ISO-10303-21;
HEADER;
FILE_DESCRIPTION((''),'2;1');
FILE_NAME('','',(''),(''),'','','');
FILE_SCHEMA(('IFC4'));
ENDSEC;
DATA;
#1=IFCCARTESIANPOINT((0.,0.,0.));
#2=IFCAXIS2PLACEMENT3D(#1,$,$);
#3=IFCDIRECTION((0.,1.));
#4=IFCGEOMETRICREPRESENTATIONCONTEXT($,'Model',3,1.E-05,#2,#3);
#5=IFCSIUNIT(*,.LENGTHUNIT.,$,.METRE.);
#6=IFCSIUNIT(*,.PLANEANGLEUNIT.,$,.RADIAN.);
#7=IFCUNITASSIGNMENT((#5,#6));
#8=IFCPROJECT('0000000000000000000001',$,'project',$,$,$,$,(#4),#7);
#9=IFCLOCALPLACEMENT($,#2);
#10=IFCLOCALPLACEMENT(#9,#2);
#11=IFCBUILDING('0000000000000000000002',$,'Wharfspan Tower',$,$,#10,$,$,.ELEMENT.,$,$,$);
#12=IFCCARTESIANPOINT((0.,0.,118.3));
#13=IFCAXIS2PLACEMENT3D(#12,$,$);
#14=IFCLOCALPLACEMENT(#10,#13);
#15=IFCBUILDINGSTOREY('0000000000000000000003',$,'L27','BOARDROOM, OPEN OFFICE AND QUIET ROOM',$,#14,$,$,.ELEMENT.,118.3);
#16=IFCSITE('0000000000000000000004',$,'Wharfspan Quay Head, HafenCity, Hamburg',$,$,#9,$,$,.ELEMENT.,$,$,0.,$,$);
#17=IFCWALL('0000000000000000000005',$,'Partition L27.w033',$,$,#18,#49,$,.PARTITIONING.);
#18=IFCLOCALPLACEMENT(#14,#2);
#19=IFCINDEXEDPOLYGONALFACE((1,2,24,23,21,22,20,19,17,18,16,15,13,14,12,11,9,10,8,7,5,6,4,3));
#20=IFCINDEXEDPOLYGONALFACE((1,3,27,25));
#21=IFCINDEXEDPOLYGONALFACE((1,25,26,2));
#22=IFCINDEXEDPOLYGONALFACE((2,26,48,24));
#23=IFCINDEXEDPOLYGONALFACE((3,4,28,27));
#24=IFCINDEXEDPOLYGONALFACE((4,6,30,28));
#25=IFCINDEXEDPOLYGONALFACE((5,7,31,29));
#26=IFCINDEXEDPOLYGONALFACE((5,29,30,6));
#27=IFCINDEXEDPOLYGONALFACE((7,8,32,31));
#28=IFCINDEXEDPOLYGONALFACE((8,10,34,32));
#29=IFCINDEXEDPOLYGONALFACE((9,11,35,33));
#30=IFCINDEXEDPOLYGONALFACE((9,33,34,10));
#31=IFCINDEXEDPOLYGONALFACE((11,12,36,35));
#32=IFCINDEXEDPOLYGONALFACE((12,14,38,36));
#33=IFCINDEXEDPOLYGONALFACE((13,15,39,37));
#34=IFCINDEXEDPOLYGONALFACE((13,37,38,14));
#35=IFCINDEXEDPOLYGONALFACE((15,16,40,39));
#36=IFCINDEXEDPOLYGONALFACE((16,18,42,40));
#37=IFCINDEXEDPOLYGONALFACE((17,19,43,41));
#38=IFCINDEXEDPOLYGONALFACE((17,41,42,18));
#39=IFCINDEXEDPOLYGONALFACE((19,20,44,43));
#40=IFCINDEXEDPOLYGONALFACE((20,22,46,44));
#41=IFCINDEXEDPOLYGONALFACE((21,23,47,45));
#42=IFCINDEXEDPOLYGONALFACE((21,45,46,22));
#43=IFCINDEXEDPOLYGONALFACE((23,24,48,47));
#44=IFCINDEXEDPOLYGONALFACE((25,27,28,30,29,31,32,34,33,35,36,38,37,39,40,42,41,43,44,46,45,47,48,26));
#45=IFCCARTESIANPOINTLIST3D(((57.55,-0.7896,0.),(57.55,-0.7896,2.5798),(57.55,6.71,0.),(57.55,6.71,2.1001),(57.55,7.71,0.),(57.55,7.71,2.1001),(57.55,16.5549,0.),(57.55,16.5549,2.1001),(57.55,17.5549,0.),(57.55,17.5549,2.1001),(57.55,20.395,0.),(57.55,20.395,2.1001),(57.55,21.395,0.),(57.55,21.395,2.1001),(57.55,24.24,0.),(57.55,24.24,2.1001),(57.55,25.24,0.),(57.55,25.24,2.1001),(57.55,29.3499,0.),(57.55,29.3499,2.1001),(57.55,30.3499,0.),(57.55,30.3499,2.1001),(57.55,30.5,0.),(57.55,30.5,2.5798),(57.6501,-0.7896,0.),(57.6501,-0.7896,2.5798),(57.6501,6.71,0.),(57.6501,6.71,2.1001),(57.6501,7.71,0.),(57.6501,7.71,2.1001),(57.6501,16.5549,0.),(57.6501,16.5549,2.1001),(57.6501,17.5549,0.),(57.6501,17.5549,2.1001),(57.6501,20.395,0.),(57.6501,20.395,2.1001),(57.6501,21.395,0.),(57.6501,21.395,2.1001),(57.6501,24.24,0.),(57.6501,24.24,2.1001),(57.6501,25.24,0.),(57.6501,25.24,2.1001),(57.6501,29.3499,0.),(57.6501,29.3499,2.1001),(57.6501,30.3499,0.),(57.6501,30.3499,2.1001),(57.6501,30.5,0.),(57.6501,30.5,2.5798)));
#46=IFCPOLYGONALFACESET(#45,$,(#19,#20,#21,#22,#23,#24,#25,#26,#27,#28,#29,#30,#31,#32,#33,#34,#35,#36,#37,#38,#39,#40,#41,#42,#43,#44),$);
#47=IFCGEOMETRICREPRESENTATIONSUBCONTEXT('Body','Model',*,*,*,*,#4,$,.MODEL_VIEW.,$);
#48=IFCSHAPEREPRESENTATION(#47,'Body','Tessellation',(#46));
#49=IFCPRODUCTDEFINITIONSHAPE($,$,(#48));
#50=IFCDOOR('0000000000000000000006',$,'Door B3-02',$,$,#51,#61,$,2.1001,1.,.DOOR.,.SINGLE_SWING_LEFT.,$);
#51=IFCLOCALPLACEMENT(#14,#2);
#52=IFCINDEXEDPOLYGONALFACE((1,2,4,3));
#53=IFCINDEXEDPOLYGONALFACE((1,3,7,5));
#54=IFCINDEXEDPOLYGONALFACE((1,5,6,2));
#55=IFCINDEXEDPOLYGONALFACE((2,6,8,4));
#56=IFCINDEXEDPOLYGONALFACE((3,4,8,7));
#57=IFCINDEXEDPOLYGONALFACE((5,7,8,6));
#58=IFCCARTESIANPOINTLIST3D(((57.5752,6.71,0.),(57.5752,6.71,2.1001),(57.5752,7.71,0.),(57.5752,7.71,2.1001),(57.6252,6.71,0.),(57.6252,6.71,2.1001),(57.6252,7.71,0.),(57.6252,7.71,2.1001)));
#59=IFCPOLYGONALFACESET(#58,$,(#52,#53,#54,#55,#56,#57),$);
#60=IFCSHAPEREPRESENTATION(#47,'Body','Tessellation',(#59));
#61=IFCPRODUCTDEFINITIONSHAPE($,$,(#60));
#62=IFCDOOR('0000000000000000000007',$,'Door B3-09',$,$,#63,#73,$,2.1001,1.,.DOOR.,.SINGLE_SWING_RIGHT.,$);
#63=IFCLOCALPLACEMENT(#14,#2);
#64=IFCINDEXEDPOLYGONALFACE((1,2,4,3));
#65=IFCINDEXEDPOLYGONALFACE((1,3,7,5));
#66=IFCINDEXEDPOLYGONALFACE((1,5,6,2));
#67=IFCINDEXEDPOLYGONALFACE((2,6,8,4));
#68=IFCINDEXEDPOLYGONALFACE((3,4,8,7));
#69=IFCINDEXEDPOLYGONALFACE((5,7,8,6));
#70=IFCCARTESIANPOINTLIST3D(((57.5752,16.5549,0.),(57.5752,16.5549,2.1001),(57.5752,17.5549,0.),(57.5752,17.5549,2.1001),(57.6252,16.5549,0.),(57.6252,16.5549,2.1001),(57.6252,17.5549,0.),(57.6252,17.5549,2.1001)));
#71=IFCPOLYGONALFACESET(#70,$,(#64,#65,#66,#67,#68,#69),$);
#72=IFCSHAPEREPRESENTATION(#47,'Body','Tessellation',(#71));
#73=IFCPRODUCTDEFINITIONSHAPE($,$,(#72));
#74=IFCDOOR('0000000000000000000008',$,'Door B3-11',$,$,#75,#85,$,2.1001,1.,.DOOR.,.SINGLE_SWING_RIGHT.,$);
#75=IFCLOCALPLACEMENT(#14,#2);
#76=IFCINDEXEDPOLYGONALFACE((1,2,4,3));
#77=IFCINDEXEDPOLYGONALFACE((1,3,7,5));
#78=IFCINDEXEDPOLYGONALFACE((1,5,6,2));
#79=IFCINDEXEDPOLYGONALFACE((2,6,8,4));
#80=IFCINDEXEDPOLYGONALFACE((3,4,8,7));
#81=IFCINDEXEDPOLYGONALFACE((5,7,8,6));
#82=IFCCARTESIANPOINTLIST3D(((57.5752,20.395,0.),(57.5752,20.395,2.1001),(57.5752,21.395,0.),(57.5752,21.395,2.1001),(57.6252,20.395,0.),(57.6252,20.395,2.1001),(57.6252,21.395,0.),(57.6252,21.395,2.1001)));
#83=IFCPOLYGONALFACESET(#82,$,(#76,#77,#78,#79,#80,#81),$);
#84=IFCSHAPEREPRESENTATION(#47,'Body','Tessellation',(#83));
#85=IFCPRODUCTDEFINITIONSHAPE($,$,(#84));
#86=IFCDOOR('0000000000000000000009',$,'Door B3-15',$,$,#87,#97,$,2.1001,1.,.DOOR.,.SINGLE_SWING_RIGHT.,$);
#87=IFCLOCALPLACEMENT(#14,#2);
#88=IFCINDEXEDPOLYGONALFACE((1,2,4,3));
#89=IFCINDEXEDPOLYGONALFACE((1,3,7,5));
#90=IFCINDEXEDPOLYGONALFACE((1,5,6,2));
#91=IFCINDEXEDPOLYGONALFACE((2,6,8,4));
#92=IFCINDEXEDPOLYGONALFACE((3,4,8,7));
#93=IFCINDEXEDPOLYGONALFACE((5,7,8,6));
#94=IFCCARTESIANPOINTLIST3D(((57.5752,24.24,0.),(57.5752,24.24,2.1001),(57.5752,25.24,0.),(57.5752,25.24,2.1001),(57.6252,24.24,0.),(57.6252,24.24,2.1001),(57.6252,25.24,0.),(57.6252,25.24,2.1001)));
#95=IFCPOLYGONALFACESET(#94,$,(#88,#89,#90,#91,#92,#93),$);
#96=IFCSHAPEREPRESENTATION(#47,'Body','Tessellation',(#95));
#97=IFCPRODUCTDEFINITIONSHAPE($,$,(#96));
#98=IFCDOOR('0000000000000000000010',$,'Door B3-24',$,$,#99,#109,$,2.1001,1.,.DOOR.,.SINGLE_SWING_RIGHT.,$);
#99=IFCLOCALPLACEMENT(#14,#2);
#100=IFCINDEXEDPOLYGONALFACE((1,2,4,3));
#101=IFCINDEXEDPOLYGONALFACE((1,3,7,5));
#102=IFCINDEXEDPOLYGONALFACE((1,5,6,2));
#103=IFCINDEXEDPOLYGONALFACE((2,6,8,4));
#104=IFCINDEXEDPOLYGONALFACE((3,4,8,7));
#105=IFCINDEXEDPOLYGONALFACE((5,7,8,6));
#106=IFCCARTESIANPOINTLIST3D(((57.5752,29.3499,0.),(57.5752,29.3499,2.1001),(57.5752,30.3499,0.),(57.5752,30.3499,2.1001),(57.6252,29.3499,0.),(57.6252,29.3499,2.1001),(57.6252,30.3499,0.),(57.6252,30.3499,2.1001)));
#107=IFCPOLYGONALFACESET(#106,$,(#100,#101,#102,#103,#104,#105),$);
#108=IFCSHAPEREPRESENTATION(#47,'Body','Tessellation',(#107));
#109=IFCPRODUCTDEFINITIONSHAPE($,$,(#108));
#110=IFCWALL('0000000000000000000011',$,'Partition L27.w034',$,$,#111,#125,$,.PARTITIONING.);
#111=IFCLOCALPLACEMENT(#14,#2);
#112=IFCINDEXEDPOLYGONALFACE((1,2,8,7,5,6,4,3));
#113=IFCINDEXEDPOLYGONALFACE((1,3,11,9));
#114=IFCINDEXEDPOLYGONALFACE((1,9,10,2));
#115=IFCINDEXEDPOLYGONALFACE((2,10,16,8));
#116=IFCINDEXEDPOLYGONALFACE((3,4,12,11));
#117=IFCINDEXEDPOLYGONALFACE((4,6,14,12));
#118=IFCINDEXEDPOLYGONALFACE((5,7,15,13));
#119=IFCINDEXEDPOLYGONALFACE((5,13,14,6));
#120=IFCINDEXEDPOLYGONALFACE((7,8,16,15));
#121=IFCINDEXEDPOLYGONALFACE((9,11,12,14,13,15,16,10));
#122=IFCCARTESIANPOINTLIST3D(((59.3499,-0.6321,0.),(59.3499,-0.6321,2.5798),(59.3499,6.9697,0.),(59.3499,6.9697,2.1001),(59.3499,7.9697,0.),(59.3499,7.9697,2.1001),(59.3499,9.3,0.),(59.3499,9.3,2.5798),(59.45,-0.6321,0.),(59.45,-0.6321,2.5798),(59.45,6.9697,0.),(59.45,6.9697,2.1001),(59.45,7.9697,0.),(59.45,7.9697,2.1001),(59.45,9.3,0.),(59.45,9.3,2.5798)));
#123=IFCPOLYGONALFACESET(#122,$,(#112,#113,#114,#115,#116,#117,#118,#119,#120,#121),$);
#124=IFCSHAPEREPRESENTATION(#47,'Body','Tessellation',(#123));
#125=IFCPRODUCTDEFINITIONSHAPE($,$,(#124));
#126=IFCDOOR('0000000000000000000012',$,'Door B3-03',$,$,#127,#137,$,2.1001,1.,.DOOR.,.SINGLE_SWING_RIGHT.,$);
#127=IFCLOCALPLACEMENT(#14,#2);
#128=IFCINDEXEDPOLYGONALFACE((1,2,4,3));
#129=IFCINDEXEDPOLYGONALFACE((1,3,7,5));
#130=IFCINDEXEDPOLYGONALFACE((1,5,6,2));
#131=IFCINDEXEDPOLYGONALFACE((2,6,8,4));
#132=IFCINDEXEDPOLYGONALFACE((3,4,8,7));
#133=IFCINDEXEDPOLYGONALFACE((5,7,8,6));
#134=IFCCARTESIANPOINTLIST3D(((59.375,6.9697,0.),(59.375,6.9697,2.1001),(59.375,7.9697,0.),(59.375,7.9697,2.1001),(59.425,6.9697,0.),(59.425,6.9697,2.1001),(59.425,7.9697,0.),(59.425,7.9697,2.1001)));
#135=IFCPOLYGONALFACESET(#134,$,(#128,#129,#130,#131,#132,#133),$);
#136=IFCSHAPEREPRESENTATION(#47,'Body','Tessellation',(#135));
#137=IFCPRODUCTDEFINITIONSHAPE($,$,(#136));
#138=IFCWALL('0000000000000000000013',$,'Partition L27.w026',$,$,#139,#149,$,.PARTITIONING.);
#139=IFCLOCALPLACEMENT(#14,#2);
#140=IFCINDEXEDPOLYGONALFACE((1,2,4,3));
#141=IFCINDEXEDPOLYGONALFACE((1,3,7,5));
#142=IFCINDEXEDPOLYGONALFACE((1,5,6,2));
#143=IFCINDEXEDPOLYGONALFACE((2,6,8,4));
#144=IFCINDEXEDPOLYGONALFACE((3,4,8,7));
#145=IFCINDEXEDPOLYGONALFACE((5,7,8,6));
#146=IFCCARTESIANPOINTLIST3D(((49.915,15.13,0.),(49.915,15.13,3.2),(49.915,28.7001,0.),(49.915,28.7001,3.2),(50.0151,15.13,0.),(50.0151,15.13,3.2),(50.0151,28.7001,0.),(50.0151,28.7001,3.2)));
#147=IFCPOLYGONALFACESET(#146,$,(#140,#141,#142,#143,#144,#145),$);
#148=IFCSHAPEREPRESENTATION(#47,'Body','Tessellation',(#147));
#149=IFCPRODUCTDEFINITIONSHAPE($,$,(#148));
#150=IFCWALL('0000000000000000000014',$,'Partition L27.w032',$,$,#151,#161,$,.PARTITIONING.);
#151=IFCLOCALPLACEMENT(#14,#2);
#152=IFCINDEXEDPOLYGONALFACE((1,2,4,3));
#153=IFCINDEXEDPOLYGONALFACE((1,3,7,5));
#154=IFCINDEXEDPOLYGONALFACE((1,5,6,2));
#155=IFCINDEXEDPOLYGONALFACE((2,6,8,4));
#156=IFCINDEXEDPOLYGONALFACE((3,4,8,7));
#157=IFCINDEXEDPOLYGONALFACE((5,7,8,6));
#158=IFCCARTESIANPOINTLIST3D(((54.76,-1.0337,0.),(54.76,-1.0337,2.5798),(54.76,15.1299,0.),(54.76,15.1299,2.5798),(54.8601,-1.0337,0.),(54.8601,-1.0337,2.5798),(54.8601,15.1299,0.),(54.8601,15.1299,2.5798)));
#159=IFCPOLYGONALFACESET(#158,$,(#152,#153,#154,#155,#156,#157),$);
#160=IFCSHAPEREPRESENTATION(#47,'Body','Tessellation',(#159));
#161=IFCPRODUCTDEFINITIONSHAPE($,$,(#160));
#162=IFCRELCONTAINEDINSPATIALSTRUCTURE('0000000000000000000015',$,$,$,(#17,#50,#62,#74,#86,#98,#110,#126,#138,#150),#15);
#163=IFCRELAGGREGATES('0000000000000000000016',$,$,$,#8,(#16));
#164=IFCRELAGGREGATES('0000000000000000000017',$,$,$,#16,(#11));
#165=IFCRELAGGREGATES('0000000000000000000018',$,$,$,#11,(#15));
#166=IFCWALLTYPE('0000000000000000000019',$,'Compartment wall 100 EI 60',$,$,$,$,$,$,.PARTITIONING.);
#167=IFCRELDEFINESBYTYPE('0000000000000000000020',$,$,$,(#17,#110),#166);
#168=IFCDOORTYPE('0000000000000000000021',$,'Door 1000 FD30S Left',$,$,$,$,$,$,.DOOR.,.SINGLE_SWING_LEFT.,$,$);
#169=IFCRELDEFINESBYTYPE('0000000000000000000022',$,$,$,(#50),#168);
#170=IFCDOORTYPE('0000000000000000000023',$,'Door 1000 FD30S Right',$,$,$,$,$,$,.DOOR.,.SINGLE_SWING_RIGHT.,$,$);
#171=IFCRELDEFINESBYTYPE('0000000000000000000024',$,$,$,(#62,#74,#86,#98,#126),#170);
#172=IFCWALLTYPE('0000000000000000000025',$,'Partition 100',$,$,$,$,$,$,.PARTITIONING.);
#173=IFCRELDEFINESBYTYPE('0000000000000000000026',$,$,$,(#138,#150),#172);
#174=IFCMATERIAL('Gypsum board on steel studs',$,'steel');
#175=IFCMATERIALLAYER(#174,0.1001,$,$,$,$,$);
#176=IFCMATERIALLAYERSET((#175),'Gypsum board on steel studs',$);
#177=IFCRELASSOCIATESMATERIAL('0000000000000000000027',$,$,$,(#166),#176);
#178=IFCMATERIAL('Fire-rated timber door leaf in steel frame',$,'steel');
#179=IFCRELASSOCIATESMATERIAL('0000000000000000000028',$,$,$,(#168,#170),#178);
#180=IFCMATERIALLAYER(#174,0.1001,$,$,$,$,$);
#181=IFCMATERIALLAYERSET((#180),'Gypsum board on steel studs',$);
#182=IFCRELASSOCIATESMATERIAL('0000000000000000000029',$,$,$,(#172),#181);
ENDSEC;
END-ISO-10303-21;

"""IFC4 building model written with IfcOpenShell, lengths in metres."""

from ifc_helpers import new_model, si_unit, direction, frame, frame_2d, origin, place, context, subcontext, project, spatial, rectangle, extrude, material, layer, layer_set, type_object, element, fill, save


model = new_model("IFC4")

# Units and contexts
model_context = context("Model", 3, precision=1e-05, world=origin(), true_north=direction((0.0, 1.0)))
body_context = subcontext(model_context, "Body", "Model", "MODEL_VIEW")
ifc_project = project(units=[si_unit("LENGTHUNIT", "METRE"), si_unit("PLANEANGLEUNIT", "RADIAN")], contexts=[model_context])

# Site, building, storey
site_placement = place(None, origin())
site = spatial("IfcSite", under=ifc_project, at=site_placement, Name="Wharfspan Quay Head, HafenCity, Hamburg", CompositionType="ELEMENT", RefElevation=0.0)
building_placement = place(site_placement, origin())
building = spatial("IfcBuilding", under=site, at=building_placement, Name="Wharfspan Tower", CompositionType="ELEMENT")
storey_placement = place(building_placement, frame((0.0, 0.0, 118.3)))
storey = spatial("IfcBuildingStorey", under=building, at=storey_placement, Name="L27", Description="BOARDROOM, OPEN OFFICE AND QUIET ROOM", CompositionType="ELEMENT", Elevation=118.3)

# Shared definitions
ifc_material_1 = material(Name="Gypsum board on steel studs", Category="steel")
ifc_layer_1 = layer(ifc_material_1, 0.1001)
ifc_layer_set_1 = layer_set([ifc_layer_1], Name="Gypsum board on steel studs")
wall_type_1 = type_object("IfcWallType", Name="Compartment wall 100 EI 60", PredefinedType="PARTITIONING", material=ifc_layer_set_1)

# Wall, openings, doors
wall_1_placement = place(storey_placement, frame((57.6001, -0.7896, 0.0), z_axis=(0.0, 0.0, 1.0), x_axis=(0.0, 1.0, 0.0)))
wall_1 = element("IfcWall", 1, at=wall_1_placement, inside=storey, type_object=wall_type_1, Name="Partition L27.w033", PredefinedType="PARTITIONING", context=body_context, shape_type="SweptSolid", body=[
    extrude(rectangle(XDim=31.2896, YDim=0.1001, at=frame_2d((15.6448, 0.0))), origin(), (0.0, 0.0, 1.0), 2.5798),
])
opening_1_placement = place(wall_1_placement, frame((7.4995, 0.0, 0.0)))
opening_1 = element("IfcOpeningElement", 2, at=opening_1_placement, cuts=wall_1, PredefinedType="OPENING", context=body_context, shape_type="SweptSolid", body=[
    extrude(rectangle(XDim=1.0, YDim=2.1001, at=frame_2d((0.5, 1.05))), frame((0.0, 0.0601, 0.0), z_axis=(0.0, -1.0, 0.0), x_axis=(1.0, 0.0, 0.0)), (0.0, 0.0, 1.0), 0.1201),
])
opening_2_placement = place(wall_1_placement, frame((17.3445, 0.0, 0.0)))
opening_2 = element("IfcOpeningElement", 3, at=opening_2_placement, cuts=wall_1, PredefinedType="OPENING", context=body_context, shape_type="SweptSolid", body=[
    extrude(rectangle(XDim=1.0, YDim=2.1001, at=frame_2d((0.5, 1.05))), frame((0.0, 0.0601, 0.0), z_axis=(0.0, -1.0, 0.0), x_axis=(1.0, 0.0, 0.0)), (0.0, 0.0, 1.0), 0.1201),
])
opening_3_placement = place(wall_1_placement, frame((21.1846, 0.0, 0.0)))
opening_3 = element("IfcOpeningElement", 4, at=opening_3_placement, cuts=wall_1, PredefinedType="OPENING", context=body_context, shape_type="SweptSolid", body=[
    extrude(rectangle(XDim=1.0, YDim=2.1001, at=frame_2d((0.5, 1.05))), frame((0.0, 0.0601, 0.0), z_axis=(0.0, -1.0, 0.0), x_axis=(1.0, 0.0, 0.0)), (0.0, 0.0, 1.0), 0.1201),
])
opening_4_placement = place(wall_1_placement, frame((25.0295, 0.0, 0.0)))
opening_4 = element("IfcOpeningElement", 5, at=opening_4_placement, cuts=wall_1, PredefinedType="OPENING", context=body_context, shape_type="SweptSolid", body=[
    extrude(rectangle(XDim=1.0, YDim=2.1001, at=frame_2d((0.5, 1.05))), frame((0.0, 0.0601, 0.0), z_axis=(0.0, -1.0, 0.0), x_axis=(1.0, 0.0, 0.0)), (0.0, 0.0, 1.0), 0.1201),
])
opening_5_placement = place(wall_1_placement, frame((30.1394, 0.0, 0.0)))
opening_5 = element("IfcOpeningElement", 6, at=opening_5_placement, cuts=wall_1, PredefinedType="OPENING", context=body_context, shape_type="SweptSolid", body=[
    extrude(rectangle(XDim=1.0, YDim=2.1001, at=frame_2d((0.5, 1.05))), frame((0.0, 0.0601, 0.0), z_axis=(0.0, -1.0, 0.0), x_axis=(1.0, 0.0, 0.0)), (0.0, 0.0, 1.0), 0.1201),
])
ifc_material_2 = material(Name="Fire-rated timber door leaf in steel frame", Category="steel")
door_type_1 = type_object("IfcDoorType", Name="Door 1000 FD30S Left", OperationType="SINGLE_SWING_LEFT", PredefinedType="DOOR", material=ifc_material_2)
door_1_placement = place(opening_1_placement, origin())
door_1 = element("IfcDoor", 7, at=door_1_placement, inside=storey, type_object=door_type_1, Name="Door B3-02", OperationType="SINGLE_SWING_LEFT", OverallHeight=2.1001, OverallWidth=1.0, PredefinedType="DOOR", context=body_context, shape_type="SweptSolid", body=[
    extrude(rectangle(XDim=1.0, YDim=2.1001, at=frame_2d((0.5, 1.05))), frame((0.0, 0.0249, 0.0), z_axis=(0.0, -1.0, 0.0), x_axis=(1.0, 0.0, 0.0)), (0.0, 0.0, 1.0), 0.05),
])
fill(opening_1, door_1)
door_type_2 = type_object("IfcDoorType", Name="Door 1000 FD30S Right", OperationType="SINGLE_SWING_RIGHT", PredefinedType="DOOR", material=ifc_material_2)
door_2_placement = place(opening_2_placement, origin())
door_2 = element("IfcDoor", 8, at=door_2_placement, inside=storey, type_object=door_type_2, Name="Door B3-09", OperationType="SINGLE_SWING_RIGHT", OverallHeight=2.1001, OverallWidth=1.0, PredefinedType="DOOR", context=body_context, shape_type="SweptSolid", body=[
    extrude(rectangle(XDim=1.0, YDim=2.1001, at=frame_2d((0.5, 1.05))), frame((0.0, 0.0249, 0.0), z_axis=(0.0, -1.0, 0.0), x_axis=(1.0, 0.0, 0.0)), (0.0, 0.0, 1.0), 0.05),
])
fill(opening_2, door_2)
door_3_placement = place(opening_3_placement, origin())
door_3 = element("IfcDoor", 9, at=door_3_placement, inside=storey, type_object=door_type_2, Name="Door B3-11", OperationType="SINGLE_SWING_RIGHT", OverallHeight=2.1001, OverallWidth=1.0, PredefinedType="DOOR", context=body_context, shape_type="SweptSolid", body=[
    extrude(rectangle(XDim=1.0, YDim=2.1001, at=frame_2d((0.5, 1.05))), frame((0.0, 0.0249, 0.0), z_axis=(0.0, -1.0, 0.0), x_axis=(1.0, 0.0, 0.0)), (0.0, 0.0, 1.0), 0.05),
])
fill(opening_3, door_3)
door_4_placement = place(opening_4_placement, origin())
door_4 = element("IfcDoor", 10, at=door_4_placement, inside=storey, type_object=door_type_2, Name="Door B3-15", OperationType="SINGLE_SWING_RIGHT", OverallHeight=2.1001, OverallWidth=1.0, PredefinedType="DOOR", context=body_context, shape_type="SweptSolid", body=[
    extrude(rectangle(XDim=1.0, YDim=2.1001, at=frame_2d((0.5, 1.05))), frame((0.0, 0.0249, 0.0), z_axis=(0.0, -1.0, 0.0), x_axis=(1.0, 0.0, 0.0)), (0.0, 0.0, 1.0), 0.05),
])
fill(opening_4, door_4)
door_5_placement = place(opening_5_placement, origin())
door_5 = element("IfcDoor", 11, at=door_5_placement, inside=storey, type_object=door_type_2, Name="Door B3-24", OperationType="SINGLE_SWING_RIGHT", OverallHeight=2.1001, OverallWidth=1.0, PredefinedType="DOOR", context=body_context, shape_type="SweptSolid", body=[
    extrude(rectangle(XDim=1.0, YDim=2.1001, at=frame_2d((0.5, 1.05))), frame((0.0, 0.0249, 0.0), z_axis=(0.0, -1.0, 0.0), x_axis=(1.0, 0.0, 0.0)), (0.0, 0.0, 1.0), 0.05),
])
fill(opening_5, door_5)

# Wall, opening, door
wall_2_placement = place(storey_placement, frame((59.3999, -0.6321, 0.0), z_axis=(0.0, 0.0, 1.0), x_axis=(0.0, 1.0, 0.0)))
wall_2 = element("IfcWall", 12, at=wall_2_placement, inside=storey, type_object=wall_type_1, Name="Partition L27.w034", PredefinedType="PARTITIONING", context=body_context, shape_type="SweptSolid", body=[
    extrude(rectangle(XDim=9.9321, YDim=0.1001, at=frame_2d((4.9661, 0.0))), origin(), (0.0, 0.0, 1.0), 2.5798),
])
opening_6_placement = place(wall_2_placement, frame((7.6018, 0.0, 0.0)))
opening_6 = element("IfcOpeningElement", 13, at=opening_6_placement, cuts=wall_2, PredefinedType="OPENING", context=body_context, shape_type="SweptSolid", body=[
    extrude(rectangle(XDim=1.0, YDim=2.1001, at=frame_2d((0.5, 1.05))), frame((0.0, 0.0601, 0.0), z_axis=(0.0, -1.0, 0.0), x_axis=(1.0, 0.0, 0.0)), (0.0, 0.0, 1.0), 0.1201),
])
door_6_placement = place(opening_6_placement, origin())
door_6 = element("IfcDoor", 14, at=door_6_placement, inside=storey, type_object=door_type_2, Name="Door B3-03", OperationType="SINGLE_SWING_RIGHT", OverallHeight=2.1001, OverallWidth=1.0, PredefinedType="DOOR", context=body_context, shape_type="SweptSolid", body=[
    extrude(rectangle(XDim=1.0, YDim=2.1001, at=frame_2d((0.5, 1.05))), frame((0.0, 0.0249, 0.0), z_axis=(0.0, -1.0, 0.0), x_axis=(1.0, 0.0, 0.0)), (0.0, 0.0, 1.0), 0.05),
])
fill(opening_6, door_6)

# Walls
ifc_layer_2 = layer(ifc_material_1, 0.1001)
ifc_layer_set_2 = layer_set([ifc_layer_2], Name="Gypsum board on steel studs")
wall_type_2 = type_object("IfcWallType", Name="Partition 100", PredefinedType="PARTITIONING", material=ifc_layer_set_2)
wall_3_placement = place(storey_placement, frame((49.9651, 15.1299, 0.0), z_axis=(0.0, 0.0, 1.0), x_axis=(0.0, 1.0, 0.0)))
element("IfcWall", 15, at=wall_3_placement, inside=storey, type_object=wall_type_2, Name="Partition L27.w026", PredefinedType="PARTITIONING", context=body_context, shape_type="SweptSolid", body=[
    extrude(rectangle(XDim=13.5701, YDim=0.1001, at=frame_2d((6.7852, 0.0))), origin(), (0.0, 0.0, 1.0), 3.2),
])
wall_4_placement = place(storey_placement, frame((54.8101, -1.0337, 0.0), z_axis=(0.0, 0.0, 1.0), x_axis=(0.0, 1.0, 0.0)))
element("IfcWall", 16, at=wall_4_placement, inside=storey, type_object=wall_type_2, Name="Partition L27.w032", PredefinedType="PARTITIONING", context=body_context, shape_type="SweptSolid", body=[
    extrude(rectangle(XDim=16.1636, YDim=0.1001, at=frame_2d((8.0818, 0.0))), origin(), (0.0, 0.0, 1.0), 2.5798),
])

save(model, "model.ifc")
